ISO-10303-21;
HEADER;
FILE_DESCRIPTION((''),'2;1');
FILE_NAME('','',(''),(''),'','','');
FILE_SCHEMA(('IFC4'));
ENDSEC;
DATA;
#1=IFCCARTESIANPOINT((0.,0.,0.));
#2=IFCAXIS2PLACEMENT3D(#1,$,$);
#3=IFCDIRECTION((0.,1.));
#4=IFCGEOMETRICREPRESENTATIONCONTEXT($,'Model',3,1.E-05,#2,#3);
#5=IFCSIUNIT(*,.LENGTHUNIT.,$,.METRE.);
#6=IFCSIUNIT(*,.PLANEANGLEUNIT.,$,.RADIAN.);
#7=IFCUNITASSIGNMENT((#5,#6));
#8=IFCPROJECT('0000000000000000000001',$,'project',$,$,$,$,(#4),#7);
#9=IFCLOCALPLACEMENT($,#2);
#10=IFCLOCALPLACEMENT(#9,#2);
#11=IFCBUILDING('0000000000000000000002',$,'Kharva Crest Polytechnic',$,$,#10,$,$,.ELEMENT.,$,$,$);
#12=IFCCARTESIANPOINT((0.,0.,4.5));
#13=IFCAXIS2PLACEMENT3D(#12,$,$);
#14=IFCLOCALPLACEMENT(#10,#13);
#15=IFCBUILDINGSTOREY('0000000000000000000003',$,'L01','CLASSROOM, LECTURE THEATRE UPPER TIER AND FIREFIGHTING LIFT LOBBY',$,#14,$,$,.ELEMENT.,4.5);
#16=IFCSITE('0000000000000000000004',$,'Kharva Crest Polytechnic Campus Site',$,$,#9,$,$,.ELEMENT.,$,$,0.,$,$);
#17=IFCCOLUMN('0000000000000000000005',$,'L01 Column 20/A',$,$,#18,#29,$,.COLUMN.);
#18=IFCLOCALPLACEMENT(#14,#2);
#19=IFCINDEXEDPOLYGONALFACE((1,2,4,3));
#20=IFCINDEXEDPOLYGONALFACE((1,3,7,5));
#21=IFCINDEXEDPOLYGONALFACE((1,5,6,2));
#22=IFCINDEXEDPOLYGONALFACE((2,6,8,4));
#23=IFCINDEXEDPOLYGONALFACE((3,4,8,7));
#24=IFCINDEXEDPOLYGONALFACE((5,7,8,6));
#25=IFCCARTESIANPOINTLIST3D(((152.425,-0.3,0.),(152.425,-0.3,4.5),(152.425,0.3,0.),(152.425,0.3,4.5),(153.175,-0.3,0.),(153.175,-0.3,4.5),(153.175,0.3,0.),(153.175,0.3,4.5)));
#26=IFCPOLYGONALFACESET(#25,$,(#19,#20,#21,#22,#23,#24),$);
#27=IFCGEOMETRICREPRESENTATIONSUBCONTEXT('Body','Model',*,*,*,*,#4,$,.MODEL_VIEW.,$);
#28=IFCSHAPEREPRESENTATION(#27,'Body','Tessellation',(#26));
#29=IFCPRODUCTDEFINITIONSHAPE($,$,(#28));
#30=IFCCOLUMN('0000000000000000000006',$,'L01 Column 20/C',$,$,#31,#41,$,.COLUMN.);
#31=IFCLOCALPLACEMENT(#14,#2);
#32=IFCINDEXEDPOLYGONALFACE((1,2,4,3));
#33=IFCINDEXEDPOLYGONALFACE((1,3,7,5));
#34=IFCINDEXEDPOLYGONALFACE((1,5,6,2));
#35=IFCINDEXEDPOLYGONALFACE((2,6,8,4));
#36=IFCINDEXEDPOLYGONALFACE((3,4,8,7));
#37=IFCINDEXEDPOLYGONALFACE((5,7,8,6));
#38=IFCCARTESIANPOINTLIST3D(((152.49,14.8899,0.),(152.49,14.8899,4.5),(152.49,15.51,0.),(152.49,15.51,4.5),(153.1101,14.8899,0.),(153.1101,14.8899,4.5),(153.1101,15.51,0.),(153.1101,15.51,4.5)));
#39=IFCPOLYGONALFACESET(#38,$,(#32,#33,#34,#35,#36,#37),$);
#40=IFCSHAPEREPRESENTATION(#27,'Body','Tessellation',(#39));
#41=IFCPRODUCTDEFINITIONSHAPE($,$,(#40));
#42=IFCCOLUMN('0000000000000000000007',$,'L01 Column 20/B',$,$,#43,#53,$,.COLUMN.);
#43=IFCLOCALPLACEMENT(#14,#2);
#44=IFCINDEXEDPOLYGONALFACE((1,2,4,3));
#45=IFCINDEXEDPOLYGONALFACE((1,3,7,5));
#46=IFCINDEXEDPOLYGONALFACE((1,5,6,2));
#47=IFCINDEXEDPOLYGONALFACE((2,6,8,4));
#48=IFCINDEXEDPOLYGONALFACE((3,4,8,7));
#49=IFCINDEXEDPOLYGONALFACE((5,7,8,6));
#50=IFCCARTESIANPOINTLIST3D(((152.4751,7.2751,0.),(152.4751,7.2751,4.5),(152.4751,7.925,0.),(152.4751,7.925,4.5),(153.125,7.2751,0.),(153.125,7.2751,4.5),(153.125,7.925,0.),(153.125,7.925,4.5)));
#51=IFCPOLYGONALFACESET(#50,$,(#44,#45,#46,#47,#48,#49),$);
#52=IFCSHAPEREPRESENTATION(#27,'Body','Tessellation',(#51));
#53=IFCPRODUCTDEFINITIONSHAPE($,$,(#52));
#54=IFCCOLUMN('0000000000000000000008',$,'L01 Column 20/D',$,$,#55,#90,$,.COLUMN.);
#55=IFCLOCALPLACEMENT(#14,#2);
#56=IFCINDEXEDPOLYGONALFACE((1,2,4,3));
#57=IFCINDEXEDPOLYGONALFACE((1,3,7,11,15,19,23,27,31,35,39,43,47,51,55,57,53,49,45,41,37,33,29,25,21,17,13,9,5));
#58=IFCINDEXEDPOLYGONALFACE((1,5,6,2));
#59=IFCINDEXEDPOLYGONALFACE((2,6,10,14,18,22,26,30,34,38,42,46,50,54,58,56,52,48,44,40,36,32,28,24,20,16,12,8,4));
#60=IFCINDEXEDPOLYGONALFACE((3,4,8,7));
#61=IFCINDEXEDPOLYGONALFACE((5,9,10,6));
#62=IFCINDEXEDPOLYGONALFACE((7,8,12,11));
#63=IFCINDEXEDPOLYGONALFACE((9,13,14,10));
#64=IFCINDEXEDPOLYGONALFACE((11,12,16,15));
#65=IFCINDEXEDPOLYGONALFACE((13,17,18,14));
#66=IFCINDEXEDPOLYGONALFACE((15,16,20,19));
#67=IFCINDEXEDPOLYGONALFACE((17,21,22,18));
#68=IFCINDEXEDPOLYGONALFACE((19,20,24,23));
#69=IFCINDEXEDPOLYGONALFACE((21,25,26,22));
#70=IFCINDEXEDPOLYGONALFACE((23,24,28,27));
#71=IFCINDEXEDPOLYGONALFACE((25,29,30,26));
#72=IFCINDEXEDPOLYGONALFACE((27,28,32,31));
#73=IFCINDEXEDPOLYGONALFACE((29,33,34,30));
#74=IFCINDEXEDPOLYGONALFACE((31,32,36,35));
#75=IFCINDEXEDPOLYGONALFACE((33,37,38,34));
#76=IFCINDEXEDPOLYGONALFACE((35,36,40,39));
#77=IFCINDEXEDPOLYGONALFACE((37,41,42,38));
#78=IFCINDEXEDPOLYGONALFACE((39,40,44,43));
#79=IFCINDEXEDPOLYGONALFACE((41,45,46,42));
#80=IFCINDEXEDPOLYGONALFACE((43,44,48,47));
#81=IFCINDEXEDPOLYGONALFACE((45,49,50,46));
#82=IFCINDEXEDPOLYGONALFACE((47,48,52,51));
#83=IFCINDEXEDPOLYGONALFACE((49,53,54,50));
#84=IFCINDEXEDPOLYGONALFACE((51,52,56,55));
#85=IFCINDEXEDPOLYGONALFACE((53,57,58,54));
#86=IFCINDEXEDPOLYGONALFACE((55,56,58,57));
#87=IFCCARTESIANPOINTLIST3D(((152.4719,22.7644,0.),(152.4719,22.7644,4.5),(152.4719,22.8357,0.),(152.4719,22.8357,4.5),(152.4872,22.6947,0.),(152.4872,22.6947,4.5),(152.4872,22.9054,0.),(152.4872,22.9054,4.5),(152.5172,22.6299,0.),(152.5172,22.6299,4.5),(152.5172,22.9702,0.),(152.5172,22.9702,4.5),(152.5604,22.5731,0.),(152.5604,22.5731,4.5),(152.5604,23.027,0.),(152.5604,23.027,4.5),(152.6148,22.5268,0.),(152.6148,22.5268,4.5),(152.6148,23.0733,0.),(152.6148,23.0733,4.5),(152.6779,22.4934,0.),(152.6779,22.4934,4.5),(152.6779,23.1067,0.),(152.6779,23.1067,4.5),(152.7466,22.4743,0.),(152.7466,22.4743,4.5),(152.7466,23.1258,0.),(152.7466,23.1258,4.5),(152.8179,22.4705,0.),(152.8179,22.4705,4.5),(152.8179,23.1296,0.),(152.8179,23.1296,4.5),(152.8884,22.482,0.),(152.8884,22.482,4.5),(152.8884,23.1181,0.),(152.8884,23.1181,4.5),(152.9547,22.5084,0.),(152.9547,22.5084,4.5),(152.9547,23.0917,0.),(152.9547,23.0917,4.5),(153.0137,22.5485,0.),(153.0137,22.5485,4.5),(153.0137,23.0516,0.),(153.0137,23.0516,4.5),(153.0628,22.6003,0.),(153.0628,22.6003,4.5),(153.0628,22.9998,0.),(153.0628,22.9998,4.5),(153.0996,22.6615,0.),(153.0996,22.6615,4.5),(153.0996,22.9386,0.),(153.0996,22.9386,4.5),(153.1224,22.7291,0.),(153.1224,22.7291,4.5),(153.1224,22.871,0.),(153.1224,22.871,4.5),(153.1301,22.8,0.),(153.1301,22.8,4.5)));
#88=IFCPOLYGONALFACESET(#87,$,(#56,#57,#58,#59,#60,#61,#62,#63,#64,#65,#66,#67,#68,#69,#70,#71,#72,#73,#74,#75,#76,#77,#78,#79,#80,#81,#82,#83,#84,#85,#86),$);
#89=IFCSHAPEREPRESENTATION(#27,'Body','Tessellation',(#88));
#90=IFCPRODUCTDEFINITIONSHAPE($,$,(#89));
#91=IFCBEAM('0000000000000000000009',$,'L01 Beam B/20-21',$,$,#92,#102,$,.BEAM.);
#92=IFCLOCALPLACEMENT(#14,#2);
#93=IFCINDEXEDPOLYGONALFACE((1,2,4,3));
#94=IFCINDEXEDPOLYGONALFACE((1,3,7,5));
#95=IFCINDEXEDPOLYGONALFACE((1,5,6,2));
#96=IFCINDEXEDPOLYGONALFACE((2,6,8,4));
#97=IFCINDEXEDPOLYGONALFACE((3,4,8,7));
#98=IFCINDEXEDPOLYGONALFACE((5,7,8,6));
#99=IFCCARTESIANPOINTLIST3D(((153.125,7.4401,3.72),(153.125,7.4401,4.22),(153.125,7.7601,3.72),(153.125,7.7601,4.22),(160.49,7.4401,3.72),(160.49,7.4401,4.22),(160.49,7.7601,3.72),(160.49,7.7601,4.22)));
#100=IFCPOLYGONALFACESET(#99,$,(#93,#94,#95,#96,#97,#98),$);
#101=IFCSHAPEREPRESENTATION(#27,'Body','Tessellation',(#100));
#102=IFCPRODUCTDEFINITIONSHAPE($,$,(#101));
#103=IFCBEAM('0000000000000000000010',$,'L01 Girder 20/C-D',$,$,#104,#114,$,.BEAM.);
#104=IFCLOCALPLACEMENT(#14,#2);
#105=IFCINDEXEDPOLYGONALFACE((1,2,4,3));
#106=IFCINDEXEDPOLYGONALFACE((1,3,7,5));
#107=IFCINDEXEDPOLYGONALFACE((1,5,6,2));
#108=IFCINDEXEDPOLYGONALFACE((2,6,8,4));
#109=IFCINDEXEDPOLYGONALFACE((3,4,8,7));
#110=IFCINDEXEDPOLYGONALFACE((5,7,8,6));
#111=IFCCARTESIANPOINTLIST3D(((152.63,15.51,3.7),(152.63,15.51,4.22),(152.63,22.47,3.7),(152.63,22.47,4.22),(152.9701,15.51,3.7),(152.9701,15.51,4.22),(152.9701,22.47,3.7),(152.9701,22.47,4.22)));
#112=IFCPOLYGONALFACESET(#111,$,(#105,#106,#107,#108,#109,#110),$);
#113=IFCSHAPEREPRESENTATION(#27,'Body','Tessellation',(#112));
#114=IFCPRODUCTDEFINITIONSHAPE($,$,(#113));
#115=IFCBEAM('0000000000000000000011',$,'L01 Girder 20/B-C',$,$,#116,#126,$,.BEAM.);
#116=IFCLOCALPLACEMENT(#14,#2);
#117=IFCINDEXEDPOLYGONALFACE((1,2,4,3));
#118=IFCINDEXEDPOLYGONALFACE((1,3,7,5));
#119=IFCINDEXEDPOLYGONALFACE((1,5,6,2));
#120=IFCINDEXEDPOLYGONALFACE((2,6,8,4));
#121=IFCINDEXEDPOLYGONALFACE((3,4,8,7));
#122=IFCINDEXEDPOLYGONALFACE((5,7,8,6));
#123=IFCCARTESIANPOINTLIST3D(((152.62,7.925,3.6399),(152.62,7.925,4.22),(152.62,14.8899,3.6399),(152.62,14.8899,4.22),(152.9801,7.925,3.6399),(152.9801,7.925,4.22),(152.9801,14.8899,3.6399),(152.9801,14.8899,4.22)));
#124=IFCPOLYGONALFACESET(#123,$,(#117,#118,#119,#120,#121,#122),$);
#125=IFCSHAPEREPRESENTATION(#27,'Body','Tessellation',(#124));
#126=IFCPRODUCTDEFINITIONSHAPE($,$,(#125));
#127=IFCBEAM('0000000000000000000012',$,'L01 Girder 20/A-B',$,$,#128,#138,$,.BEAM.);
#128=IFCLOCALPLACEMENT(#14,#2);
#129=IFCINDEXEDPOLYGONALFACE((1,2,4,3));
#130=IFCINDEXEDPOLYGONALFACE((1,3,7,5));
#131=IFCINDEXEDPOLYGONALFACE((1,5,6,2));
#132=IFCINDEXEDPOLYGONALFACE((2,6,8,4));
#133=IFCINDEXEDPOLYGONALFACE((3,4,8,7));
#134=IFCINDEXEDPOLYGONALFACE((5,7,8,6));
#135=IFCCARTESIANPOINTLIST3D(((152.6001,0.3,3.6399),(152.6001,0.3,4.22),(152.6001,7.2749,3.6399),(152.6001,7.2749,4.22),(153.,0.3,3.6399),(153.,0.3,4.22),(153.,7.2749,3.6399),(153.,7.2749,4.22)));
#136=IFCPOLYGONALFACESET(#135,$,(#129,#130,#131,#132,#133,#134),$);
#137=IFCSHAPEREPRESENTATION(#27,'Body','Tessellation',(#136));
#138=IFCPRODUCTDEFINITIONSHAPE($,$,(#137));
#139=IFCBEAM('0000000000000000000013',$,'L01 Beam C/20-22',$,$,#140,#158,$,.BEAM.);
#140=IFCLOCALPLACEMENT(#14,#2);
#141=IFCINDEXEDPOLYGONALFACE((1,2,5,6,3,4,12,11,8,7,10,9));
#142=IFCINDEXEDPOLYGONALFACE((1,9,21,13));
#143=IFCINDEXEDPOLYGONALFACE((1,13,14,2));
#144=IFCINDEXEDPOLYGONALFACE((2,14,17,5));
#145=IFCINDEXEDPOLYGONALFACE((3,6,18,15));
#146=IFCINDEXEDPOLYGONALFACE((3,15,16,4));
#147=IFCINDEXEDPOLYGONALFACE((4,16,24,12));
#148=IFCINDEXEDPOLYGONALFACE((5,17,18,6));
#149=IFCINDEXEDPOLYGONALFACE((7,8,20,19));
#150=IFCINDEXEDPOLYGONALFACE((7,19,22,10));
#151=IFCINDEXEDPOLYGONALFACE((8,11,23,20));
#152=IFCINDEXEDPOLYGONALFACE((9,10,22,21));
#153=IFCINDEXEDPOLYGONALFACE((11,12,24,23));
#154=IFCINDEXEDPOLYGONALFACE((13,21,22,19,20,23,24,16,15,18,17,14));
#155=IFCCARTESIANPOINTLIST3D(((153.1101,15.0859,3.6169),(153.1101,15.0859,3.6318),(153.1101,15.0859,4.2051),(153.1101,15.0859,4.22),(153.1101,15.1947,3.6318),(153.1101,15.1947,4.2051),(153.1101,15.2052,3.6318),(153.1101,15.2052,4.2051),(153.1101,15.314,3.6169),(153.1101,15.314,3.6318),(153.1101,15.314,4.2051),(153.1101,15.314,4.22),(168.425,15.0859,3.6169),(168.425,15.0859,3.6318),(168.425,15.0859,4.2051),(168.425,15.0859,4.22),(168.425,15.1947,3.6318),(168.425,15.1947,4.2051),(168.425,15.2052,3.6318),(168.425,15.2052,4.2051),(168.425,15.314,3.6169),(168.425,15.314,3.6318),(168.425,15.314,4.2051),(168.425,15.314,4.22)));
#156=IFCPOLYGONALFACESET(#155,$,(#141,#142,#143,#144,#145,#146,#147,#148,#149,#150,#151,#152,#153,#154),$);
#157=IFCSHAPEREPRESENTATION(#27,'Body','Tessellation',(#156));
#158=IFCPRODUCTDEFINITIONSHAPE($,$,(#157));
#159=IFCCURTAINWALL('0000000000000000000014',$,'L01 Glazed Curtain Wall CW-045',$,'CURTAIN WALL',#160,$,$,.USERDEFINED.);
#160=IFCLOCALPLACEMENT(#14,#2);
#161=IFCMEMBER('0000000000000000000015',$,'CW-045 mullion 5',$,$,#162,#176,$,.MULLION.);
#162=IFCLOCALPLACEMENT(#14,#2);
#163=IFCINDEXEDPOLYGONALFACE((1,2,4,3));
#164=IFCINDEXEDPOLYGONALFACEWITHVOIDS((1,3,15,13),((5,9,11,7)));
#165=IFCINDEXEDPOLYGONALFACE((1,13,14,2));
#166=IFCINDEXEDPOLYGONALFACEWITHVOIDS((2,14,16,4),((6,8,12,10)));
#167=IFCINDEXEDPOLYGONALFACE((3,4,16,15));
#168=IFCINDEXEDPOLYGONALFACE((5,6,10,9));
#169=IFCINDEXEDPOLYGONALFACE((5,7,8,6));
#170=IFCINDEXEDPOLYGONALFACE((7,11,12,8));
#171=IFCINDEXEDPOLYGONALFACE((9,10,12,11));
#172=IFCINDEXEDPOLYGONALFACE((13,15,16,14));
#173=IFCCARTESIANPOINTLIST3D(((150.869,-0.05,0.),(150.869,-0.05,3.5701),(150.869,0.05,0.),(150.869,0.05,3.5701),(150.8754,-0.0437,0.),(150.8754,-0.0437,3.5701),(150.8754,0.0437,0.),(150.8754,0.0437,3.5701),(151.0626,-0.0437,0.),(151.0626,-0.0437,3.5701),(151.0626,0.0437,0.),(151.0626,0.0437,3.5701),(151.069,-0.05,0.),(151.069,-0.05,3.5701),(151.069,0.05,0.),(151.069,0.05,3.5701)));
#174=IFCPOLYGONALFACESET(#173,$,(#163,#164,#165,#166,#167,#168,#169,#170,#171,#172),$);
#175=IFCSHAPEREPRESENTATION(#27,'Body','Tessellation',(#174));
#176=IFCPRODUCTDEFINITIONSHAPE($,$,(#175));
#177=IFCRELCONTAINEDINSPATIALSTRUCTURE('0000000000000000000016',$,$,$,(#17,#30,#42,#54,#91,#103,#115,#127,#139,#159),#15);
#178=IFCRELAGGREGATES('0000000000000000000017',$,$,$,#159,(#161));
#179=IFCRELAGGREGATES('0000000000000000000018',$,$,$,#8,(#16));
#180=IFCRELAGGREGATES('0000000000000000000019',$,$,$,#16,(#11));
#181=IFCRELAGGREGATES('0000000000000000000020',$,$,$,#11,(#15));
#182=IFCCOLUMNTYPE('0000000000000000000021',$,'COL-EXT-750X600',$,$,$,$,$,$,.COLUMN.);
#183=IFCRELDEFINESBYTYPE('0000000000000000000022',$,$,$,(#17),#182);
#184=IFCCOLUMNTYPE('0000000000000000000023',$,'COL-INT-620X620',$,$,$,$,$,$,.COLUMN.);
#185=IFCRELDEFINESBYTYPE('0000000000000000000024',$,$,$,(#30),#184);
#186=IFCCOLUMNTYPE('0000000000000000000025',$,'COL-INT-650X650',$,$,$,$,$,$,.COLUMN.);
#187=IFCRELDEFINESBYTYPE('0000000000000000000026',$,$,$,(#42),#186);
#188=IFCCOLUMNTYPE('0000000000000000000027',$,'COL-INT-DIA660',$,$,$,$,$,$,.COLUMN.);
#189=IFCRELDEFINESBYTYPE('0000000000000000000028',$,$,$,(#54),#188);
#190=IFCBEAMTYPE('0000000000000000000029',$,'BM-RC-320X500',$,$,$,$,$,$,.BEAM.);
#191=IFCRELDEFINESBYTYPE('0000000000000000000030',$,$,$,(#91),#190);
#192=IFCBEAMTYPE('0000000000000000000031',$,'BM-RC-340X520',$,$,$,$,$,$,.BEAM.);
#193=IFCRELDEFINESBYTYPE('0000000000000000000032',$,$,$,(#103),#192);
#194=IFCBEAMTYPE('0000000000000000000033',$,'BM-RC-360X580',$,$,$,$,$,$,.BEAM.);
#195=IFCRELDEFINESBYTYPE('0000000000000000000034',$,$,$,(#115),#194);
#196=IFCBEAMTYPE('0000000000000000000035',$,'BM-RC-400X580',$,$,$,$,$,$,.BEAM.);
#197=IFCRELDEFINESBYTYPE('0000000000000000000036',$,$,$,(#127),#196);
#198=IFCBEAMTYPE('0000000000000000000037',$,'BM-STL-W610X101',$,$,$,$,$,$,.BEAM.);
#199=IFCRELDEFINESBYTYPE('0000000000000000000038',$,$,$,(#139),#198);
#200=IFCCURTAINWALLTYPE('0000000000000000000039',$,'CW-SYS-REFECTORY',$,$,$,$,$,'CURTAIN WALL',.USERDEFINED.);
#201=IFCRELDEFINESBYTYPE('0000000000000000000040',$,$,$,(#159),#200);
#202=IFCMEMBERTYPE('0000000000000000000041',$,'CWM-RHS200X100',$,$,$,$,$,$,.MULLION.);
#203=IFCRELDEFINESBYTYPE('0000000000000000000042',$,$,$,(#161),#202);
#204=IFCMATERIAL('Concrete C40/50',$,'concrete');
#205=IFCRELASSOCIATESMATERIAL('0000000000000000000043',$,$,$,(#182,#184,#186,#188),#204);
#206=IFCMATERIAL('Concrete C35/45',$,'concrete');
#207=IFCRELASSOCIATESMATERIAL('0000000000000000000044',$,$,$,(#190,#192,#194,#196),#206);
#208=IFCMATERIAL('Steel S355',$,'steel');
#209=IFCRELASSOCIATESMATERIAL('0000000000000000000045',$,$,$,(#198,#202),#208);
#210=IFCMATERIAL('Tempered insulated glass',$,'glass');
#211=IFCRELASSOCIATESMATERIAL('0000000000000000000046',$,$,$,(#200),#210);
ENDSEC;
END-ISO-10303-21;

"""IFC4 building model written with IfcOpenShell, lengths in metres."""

from ifc_helpers import new_model, si_unit, direction, frame, origin, origin_2d, place, context, subcontext, project, spatial, rectangle, hollow_rectangle, circle, i_section, extrude, material, material_profile, profile_set, type_object, element, aggregate, save


model = new_model("IFC4")

# Units and contexts
model_context = context("Model", 3, precision=1e-05, world=origin(), true_north=direction((0.0, 1.0)))
body_context = subcontext(model_context, "Body", "Model", "MODEL_VIEW")
ifc_project = project(units=[si_unit("LENGTHUNIT", "METRE"), si_unit("PLANEANGLEUNIT", "RADIAN")], contexts=[model_context])

# Site, building, storey
site_placement = place(None, origin())
site = spatial("IfcSite", under=ifc_project, at=site_placement, Name="Kharva Crest Polytechnic Campus Site", CompositionType="ELEMENT", RefElevation=0.0)
building_placement = place(site_placement, origin())
building = spatial("IfcBuilding", under=site, at=building_placement, Name="Kharva Crest Polytechnic", CompositionType="ELEMENT")
storey_placement = place(building_placement, frame((0.0, 0.0, 4.5)))
storey = spatial("IfcBuildingStorey", under=building, at=storey_placement, Name="L01", Description="CLASSROOM, LECTURE THEATRE UPPER TIER AND FIREFIGHTING LIFT LOBBY", CompositionType="ELEMENT", Elevation=4.5)

# Columns
ifc_material_1 = material(Name="Concrete C40/50", Category="concrete")
ifc_material_profile_1 = material_profile(ifc_material_1, rectangle(XDim=0.75, YDim=0.6001, at=origin_2d()), Name="RECT 750 X 600")
ifc_profile_set_1 = profile_set([ifc_material_profile_1], Name="Concrete C40/50")
column_type_1 = type_object("IfcColumnType", Name="COL-EXT-750X600", PredefinedType="COLUMN", material=ifc_profile_set_1)
column_1_placement = place(storey_placement, frame((152.8, 0.0, 0.0), z_axis=(0.0, 0.0, 1.0), x_axis=(1.0, 0.0, 0.0)))
element("IfcColumn", 1, at=column_1_placement, inside=storey, type_object=column_type_1, Name="L01 Column 20/A", PredefinedType="COLUMN", context=body_context, shape_type="SweptSolid", body=[
    extrude(rectangle(XDim=0.75, YDim=0.6001, at=origin_2d()), origin(), (0.0, 0.0, 1.0), 4.5),
])
ifc_material_profile_2 = material_profile(ifc_material_1, rectangle(XDim=0.6201, YDim=0.6201, at=origin_2d()), Name="RECT 620 X 620")
ifc_profile_set_2 = profile_set([ifc_material_profile_2], Name="Concrete C40/50")
column_type_2 = type_object("IfcColumnType", Name="COL-INT-620X620", PredefinedType="COLUMN", material=ifc_profile_set_2)
column_2_placement = place(storey_placement, frame((152.8, 15.2, 0.0), z_axis=(0.0, 0.0, 1.0), x_axis=(1.0, 0.0, 0.0)))
element("IfcColumn", 2, at=column_2_placement, inside=storey, type_object=column_type_2, Name="L01 Column 20/C", PredefinedType="COLUMN", context=body_context, shape_type="SweptSolid", body=[
    extrude(rectangle(XDim=0.6201, YDim=0.6201, at=origin_2d()), origin(), (0.0, 0.0, 1.0), 4.5),
])
ifc_material_profile_3 = material_profile(ifc_material_1, rectangle(XDim=0.6499, YDim=0.6499, at=origin_2d()), Name="RECT 650 X 650")
ifc_profile_set_3 = profile_set([ifc_material_profile_3], Name="Concrete C40/50")
column_type_3 = type_object("IfcColumnType", Name="COL-INT-650X650", PredefinedType="COLUMN", material=ifc_profile_set_3)
column_3_placement = place(storey_placement, frame((152.8, 7.6001, 0.0), z_axis=(0.0, 0.0, 1.0), x_axis=(1.0, 0.0, 0.0)))
element("IfcColumn", 3, at=column_3_placement, inside=storey, type_object=column_type_3, Name="L01 Column 20/B", PredefinedType="COLUMN", context=body_context, shape_type="SweptSolid", body=[
    extrude(rectangle(XDim=0.6499, YDim=0.6499, at=origin_2d()), origin(), (0.0, 0.0, 1.0), 4.5),
])
ifc_material_profile_4 = material_profile(ifc_material_1, circle(Radius=0.3301, at=origin_2d()), Name="DIA 660")
ifc_profile_set_4 = profile_set([ifc_material_profile_4], Name="Concrete C40/50")
column_type_4 = type_object("IfcColumnType", Name="COL-INT-DIA660", PredefinedType="COLUMN", material=ifc_profile_set_4)
column_4_placement = place(storey_placement, frame((152.8, 22.8, 0.0), z_axis=(0.0, 0.0, 1.0), x_axis=(1.0, 0.0, 0.0)))
element("IfcColumn", 4, at=column_4_placement, inside=storey, type_object=column_type_4, Name="L01 Column 20/D", PredefinedType="COLUMN", context=body_context, shape_type="SweptSolid", body=[
    extrude(circle(Radius=0.3301, at=origin_2d()), origin(), (0.0, 0.0, 1.0), 4.5),
])

# Beams
ifc_material_2 = material(Name="Concrete C35/45", Category="concrete")
ifc_material_profile_5 = material_profile(ifc_material_2, rectangle(XDim=0.3201, YDim=0.5, at=origin_2d()), Name="RECT 320 X 500")
ifc_profile_set_5 = profile_set([ifc_material_profile_5], Name="Concrete C35/45")
beam_type_1 = type_object("IfcBeamType", Name="BM-RC-320X500", PredefinedType="BEAM", material=ifc_profile_set_5)
beam_1_placement = place(storey_placement, frame((153.125, 7.6001, 3.97), z_axis=(1.0, 0.0, 0.0), x_axis=(0.0, 1.0, 0.0)))
element("IfcBeam", 5, at=beam_1_placement, inside=storey, type_object=beam_type_1, Name="L01 Beam B/20-21", PredefinedType="BEAM", context=body_context, shape_type="SweptSolid", body=[
    extrude(rectangle(XDim=0.3201, YDim=0.5, at=origin_2d()), origin(), (0.0, 0.0, 1.0), 7.365),
])
ifc_material_profile_6 = material_profile(ifc_material_2, rectangle(XDim=0.3401, YDim=0.52, at=origin_2d()), Name="RECT 340 X 520")
ifc_profile_set_6 = profile_set([ifc_material_profile_6], Name="Concrete C35/45")
beam_type_2 = type_object("IfcBeamType", Name="BM-RC-340X520", PredefinedType="BEAM", material=ifc_profile_set_6)
beam_2_placement = place(storey_placement, frame((152.8, 15.51, 3.96), z_axis=(0.0, 1.0, 0.0), x_axis=(-1.0, 0.0, 0.0)))
element("IfcBeam", 6, at=beam_2_placement, inside=storey, type_object=beam_type_2, Name="L01 Girder 20/C-D", PredefinedType="BEAM", context=body_context, shape_type="SweptSolid", body=[
    extrude(rectangle(XDim=0.3401, YDim=0.52, at=origin_2d()), origin(), (0.0, 0.0, 1.0), 6.96),
])
ifc_material_profile_7 = material_profile(ifc_material_2, rectangle(XDim=0.3601, YDim=0.5801, at=origin_2d()), Name="RECT 360 X 580")
ifc_profile_set_7 = profile_set([ifc_material_profile_7], Name="Concrete C35/45")
beam_type_3 = type_object("IfcBeamType", Name="BM-RC-360X580", PredefinedType="BEAM", material=ifc_profile_set_7)
beam_3_placement = place(storey_placement, frame((152.8, 7.925, 3.9299), z_axis=(0.0, 1.0, 0.0), x_axis=(-1.0, 0.0, 0.0)))
element("IfcBeam", 7, at=beam_3_placement, inside=storey, type_object=beam_type_3, Name="L01 Girder 20/B-C", PredefinedType="BEAM", context=body_context, shape_type="SweptSolid", body=[
    extrude(rectangle(XDim=0.3601, YDim=0.5801, at=origin_2d()), origin(), (0.0, 0.0, 1.0), 6.9648),
])
ifc_material_profile_8 = material_profile(ifc_material_2, rectangle(XDim=0.3999, YDim=0.5801, at=origin_2d()), Name="RECT 400 X 580")
ifc_profile_set_8 = profile_set([ifc_material_profile_8], Name="Concrete C35/45")
beam_type_4 = type_object("IfcBeamType", Name="BM-RC-400X580", PredefinedType="BEAM", material=ifc_profile_set_8)
beam_4_placement = place(storey_placement, frame((152.8, 0.3, 3.9299), z_axis=(0.0, 1.0, 0.0), x_axis=(-1.0, 0.0, 0.0)))
element("IfcBeam", 8, at=beam_4_placement, inside=storey, type_object=beam_type_4, Name="L01 Girder 20/A-B", PredefinedType="BEAM", context=body_context, shape_type="SweptSolid", body=[
    extrude(rectangle(XDim=0.3999, YDim=0.5801, at=origin_2d()), origin(), (0.0, 0.0, 1.0), 6.9749),
])
ifc_material_3 = material(Name="Steel S355", Category="steel")
ifc_material_profile_9 = material_profile(ifc_material_3, i_section(OverallWidth=0.228, OverallDepth=0.603, WebThickness=0.0105, FlangeThickness=0.0149, at=origin_2d()), Name="W610X101")
ifc_profile_set_9 = profile_set([ifc_material_profile_9], Name="Steel S355")
beam_type_5 = type_object("IfcBeamType", Name="BM-STL-W610X101", PredefinedType="BEAM", material=ifc_profile_set_9)
beam_5_placement = place(storey_placement, frame((153.1101, 15.2, 3.9185), z_axis=(1.0, 0.0, 0.0), x_axis=(0.0, 1.0, 0.0)))
element("IfcBeam", 9, at=beam_5_placement, inside=storey, type_object=beam_type_5, Name="L01 Beam C/20-22", PredefinedType="BEAM", context=body_context, shape_type="SweptSolid", body=[
    extrude(i_section(OverallWidth=0.228, OverallDepth=0.603, WebThickness=0.0105, FlangeThickness=0.0149, at=origin_2d()), origin(), (0.0, 0.0, 1.0), 15.3149),
])

# Curtain wall, member
ifc_material_4 = material(Name="Tempered insulated glass", Category="glass")
curtain_wall_type = type_object("IfcCurtainWallType", Name="CW-SYS-REFECTORY", ElementType="CURTAIN WALL", PredefinedType="USERDEFINED", material=ifc_material_4)
curtain_wall_placement = place(storey_placement, origin())
curtain_wall = element("IfcCurtainWall", 10, at=curtain_wall_placement, inside=storey, type_object=curtain_wall_type, Name="L01 Glazed Curtain Wall CW-045", ObjectType="CURTAIN WALL", PredefinedType="USERDEFINED")
ifc_material_profile_10 = material_profile(ifc_material_3, hollow_rectangle(XDim=0.1001, YDim=0.2, WallThickness=0.0063, at=origin_2d()), Name="RHS 200X100X6.3")
ifc_profile_set_10 = profile_set([ifc_material_profile_10], Name="Steel S355")
member_type_1 = type_object("IfcMemberType", Name="CWM-RHS200X100", PredefinedType="MULLION", material=ifc_profile_set_10)
member_1_placement = place(storey_placement, frame((150.969, 0.0, 0.0), z_axis=(0.0, 0.0, 1.0), x_axis=(0.0, 1.0, 0.0)))
member_1 = element("IfcMember", 11, at=member_1_placement, type_object=member_type_1, Name="CW-045 mullion 5", PredefinedType="MULLION", context=body_context, shape_type="SweptSolid", body=[
    extrude(hollow_rectangle(XDim=0.1001, YDim=0.2, WallThickness=0.0063, at=origin_2d()), origin(), (0.0, 0.0, 1.0), 3.5701),
])

aggregate(curtain_wall, [member_1])

save(model, "model.ifc")
